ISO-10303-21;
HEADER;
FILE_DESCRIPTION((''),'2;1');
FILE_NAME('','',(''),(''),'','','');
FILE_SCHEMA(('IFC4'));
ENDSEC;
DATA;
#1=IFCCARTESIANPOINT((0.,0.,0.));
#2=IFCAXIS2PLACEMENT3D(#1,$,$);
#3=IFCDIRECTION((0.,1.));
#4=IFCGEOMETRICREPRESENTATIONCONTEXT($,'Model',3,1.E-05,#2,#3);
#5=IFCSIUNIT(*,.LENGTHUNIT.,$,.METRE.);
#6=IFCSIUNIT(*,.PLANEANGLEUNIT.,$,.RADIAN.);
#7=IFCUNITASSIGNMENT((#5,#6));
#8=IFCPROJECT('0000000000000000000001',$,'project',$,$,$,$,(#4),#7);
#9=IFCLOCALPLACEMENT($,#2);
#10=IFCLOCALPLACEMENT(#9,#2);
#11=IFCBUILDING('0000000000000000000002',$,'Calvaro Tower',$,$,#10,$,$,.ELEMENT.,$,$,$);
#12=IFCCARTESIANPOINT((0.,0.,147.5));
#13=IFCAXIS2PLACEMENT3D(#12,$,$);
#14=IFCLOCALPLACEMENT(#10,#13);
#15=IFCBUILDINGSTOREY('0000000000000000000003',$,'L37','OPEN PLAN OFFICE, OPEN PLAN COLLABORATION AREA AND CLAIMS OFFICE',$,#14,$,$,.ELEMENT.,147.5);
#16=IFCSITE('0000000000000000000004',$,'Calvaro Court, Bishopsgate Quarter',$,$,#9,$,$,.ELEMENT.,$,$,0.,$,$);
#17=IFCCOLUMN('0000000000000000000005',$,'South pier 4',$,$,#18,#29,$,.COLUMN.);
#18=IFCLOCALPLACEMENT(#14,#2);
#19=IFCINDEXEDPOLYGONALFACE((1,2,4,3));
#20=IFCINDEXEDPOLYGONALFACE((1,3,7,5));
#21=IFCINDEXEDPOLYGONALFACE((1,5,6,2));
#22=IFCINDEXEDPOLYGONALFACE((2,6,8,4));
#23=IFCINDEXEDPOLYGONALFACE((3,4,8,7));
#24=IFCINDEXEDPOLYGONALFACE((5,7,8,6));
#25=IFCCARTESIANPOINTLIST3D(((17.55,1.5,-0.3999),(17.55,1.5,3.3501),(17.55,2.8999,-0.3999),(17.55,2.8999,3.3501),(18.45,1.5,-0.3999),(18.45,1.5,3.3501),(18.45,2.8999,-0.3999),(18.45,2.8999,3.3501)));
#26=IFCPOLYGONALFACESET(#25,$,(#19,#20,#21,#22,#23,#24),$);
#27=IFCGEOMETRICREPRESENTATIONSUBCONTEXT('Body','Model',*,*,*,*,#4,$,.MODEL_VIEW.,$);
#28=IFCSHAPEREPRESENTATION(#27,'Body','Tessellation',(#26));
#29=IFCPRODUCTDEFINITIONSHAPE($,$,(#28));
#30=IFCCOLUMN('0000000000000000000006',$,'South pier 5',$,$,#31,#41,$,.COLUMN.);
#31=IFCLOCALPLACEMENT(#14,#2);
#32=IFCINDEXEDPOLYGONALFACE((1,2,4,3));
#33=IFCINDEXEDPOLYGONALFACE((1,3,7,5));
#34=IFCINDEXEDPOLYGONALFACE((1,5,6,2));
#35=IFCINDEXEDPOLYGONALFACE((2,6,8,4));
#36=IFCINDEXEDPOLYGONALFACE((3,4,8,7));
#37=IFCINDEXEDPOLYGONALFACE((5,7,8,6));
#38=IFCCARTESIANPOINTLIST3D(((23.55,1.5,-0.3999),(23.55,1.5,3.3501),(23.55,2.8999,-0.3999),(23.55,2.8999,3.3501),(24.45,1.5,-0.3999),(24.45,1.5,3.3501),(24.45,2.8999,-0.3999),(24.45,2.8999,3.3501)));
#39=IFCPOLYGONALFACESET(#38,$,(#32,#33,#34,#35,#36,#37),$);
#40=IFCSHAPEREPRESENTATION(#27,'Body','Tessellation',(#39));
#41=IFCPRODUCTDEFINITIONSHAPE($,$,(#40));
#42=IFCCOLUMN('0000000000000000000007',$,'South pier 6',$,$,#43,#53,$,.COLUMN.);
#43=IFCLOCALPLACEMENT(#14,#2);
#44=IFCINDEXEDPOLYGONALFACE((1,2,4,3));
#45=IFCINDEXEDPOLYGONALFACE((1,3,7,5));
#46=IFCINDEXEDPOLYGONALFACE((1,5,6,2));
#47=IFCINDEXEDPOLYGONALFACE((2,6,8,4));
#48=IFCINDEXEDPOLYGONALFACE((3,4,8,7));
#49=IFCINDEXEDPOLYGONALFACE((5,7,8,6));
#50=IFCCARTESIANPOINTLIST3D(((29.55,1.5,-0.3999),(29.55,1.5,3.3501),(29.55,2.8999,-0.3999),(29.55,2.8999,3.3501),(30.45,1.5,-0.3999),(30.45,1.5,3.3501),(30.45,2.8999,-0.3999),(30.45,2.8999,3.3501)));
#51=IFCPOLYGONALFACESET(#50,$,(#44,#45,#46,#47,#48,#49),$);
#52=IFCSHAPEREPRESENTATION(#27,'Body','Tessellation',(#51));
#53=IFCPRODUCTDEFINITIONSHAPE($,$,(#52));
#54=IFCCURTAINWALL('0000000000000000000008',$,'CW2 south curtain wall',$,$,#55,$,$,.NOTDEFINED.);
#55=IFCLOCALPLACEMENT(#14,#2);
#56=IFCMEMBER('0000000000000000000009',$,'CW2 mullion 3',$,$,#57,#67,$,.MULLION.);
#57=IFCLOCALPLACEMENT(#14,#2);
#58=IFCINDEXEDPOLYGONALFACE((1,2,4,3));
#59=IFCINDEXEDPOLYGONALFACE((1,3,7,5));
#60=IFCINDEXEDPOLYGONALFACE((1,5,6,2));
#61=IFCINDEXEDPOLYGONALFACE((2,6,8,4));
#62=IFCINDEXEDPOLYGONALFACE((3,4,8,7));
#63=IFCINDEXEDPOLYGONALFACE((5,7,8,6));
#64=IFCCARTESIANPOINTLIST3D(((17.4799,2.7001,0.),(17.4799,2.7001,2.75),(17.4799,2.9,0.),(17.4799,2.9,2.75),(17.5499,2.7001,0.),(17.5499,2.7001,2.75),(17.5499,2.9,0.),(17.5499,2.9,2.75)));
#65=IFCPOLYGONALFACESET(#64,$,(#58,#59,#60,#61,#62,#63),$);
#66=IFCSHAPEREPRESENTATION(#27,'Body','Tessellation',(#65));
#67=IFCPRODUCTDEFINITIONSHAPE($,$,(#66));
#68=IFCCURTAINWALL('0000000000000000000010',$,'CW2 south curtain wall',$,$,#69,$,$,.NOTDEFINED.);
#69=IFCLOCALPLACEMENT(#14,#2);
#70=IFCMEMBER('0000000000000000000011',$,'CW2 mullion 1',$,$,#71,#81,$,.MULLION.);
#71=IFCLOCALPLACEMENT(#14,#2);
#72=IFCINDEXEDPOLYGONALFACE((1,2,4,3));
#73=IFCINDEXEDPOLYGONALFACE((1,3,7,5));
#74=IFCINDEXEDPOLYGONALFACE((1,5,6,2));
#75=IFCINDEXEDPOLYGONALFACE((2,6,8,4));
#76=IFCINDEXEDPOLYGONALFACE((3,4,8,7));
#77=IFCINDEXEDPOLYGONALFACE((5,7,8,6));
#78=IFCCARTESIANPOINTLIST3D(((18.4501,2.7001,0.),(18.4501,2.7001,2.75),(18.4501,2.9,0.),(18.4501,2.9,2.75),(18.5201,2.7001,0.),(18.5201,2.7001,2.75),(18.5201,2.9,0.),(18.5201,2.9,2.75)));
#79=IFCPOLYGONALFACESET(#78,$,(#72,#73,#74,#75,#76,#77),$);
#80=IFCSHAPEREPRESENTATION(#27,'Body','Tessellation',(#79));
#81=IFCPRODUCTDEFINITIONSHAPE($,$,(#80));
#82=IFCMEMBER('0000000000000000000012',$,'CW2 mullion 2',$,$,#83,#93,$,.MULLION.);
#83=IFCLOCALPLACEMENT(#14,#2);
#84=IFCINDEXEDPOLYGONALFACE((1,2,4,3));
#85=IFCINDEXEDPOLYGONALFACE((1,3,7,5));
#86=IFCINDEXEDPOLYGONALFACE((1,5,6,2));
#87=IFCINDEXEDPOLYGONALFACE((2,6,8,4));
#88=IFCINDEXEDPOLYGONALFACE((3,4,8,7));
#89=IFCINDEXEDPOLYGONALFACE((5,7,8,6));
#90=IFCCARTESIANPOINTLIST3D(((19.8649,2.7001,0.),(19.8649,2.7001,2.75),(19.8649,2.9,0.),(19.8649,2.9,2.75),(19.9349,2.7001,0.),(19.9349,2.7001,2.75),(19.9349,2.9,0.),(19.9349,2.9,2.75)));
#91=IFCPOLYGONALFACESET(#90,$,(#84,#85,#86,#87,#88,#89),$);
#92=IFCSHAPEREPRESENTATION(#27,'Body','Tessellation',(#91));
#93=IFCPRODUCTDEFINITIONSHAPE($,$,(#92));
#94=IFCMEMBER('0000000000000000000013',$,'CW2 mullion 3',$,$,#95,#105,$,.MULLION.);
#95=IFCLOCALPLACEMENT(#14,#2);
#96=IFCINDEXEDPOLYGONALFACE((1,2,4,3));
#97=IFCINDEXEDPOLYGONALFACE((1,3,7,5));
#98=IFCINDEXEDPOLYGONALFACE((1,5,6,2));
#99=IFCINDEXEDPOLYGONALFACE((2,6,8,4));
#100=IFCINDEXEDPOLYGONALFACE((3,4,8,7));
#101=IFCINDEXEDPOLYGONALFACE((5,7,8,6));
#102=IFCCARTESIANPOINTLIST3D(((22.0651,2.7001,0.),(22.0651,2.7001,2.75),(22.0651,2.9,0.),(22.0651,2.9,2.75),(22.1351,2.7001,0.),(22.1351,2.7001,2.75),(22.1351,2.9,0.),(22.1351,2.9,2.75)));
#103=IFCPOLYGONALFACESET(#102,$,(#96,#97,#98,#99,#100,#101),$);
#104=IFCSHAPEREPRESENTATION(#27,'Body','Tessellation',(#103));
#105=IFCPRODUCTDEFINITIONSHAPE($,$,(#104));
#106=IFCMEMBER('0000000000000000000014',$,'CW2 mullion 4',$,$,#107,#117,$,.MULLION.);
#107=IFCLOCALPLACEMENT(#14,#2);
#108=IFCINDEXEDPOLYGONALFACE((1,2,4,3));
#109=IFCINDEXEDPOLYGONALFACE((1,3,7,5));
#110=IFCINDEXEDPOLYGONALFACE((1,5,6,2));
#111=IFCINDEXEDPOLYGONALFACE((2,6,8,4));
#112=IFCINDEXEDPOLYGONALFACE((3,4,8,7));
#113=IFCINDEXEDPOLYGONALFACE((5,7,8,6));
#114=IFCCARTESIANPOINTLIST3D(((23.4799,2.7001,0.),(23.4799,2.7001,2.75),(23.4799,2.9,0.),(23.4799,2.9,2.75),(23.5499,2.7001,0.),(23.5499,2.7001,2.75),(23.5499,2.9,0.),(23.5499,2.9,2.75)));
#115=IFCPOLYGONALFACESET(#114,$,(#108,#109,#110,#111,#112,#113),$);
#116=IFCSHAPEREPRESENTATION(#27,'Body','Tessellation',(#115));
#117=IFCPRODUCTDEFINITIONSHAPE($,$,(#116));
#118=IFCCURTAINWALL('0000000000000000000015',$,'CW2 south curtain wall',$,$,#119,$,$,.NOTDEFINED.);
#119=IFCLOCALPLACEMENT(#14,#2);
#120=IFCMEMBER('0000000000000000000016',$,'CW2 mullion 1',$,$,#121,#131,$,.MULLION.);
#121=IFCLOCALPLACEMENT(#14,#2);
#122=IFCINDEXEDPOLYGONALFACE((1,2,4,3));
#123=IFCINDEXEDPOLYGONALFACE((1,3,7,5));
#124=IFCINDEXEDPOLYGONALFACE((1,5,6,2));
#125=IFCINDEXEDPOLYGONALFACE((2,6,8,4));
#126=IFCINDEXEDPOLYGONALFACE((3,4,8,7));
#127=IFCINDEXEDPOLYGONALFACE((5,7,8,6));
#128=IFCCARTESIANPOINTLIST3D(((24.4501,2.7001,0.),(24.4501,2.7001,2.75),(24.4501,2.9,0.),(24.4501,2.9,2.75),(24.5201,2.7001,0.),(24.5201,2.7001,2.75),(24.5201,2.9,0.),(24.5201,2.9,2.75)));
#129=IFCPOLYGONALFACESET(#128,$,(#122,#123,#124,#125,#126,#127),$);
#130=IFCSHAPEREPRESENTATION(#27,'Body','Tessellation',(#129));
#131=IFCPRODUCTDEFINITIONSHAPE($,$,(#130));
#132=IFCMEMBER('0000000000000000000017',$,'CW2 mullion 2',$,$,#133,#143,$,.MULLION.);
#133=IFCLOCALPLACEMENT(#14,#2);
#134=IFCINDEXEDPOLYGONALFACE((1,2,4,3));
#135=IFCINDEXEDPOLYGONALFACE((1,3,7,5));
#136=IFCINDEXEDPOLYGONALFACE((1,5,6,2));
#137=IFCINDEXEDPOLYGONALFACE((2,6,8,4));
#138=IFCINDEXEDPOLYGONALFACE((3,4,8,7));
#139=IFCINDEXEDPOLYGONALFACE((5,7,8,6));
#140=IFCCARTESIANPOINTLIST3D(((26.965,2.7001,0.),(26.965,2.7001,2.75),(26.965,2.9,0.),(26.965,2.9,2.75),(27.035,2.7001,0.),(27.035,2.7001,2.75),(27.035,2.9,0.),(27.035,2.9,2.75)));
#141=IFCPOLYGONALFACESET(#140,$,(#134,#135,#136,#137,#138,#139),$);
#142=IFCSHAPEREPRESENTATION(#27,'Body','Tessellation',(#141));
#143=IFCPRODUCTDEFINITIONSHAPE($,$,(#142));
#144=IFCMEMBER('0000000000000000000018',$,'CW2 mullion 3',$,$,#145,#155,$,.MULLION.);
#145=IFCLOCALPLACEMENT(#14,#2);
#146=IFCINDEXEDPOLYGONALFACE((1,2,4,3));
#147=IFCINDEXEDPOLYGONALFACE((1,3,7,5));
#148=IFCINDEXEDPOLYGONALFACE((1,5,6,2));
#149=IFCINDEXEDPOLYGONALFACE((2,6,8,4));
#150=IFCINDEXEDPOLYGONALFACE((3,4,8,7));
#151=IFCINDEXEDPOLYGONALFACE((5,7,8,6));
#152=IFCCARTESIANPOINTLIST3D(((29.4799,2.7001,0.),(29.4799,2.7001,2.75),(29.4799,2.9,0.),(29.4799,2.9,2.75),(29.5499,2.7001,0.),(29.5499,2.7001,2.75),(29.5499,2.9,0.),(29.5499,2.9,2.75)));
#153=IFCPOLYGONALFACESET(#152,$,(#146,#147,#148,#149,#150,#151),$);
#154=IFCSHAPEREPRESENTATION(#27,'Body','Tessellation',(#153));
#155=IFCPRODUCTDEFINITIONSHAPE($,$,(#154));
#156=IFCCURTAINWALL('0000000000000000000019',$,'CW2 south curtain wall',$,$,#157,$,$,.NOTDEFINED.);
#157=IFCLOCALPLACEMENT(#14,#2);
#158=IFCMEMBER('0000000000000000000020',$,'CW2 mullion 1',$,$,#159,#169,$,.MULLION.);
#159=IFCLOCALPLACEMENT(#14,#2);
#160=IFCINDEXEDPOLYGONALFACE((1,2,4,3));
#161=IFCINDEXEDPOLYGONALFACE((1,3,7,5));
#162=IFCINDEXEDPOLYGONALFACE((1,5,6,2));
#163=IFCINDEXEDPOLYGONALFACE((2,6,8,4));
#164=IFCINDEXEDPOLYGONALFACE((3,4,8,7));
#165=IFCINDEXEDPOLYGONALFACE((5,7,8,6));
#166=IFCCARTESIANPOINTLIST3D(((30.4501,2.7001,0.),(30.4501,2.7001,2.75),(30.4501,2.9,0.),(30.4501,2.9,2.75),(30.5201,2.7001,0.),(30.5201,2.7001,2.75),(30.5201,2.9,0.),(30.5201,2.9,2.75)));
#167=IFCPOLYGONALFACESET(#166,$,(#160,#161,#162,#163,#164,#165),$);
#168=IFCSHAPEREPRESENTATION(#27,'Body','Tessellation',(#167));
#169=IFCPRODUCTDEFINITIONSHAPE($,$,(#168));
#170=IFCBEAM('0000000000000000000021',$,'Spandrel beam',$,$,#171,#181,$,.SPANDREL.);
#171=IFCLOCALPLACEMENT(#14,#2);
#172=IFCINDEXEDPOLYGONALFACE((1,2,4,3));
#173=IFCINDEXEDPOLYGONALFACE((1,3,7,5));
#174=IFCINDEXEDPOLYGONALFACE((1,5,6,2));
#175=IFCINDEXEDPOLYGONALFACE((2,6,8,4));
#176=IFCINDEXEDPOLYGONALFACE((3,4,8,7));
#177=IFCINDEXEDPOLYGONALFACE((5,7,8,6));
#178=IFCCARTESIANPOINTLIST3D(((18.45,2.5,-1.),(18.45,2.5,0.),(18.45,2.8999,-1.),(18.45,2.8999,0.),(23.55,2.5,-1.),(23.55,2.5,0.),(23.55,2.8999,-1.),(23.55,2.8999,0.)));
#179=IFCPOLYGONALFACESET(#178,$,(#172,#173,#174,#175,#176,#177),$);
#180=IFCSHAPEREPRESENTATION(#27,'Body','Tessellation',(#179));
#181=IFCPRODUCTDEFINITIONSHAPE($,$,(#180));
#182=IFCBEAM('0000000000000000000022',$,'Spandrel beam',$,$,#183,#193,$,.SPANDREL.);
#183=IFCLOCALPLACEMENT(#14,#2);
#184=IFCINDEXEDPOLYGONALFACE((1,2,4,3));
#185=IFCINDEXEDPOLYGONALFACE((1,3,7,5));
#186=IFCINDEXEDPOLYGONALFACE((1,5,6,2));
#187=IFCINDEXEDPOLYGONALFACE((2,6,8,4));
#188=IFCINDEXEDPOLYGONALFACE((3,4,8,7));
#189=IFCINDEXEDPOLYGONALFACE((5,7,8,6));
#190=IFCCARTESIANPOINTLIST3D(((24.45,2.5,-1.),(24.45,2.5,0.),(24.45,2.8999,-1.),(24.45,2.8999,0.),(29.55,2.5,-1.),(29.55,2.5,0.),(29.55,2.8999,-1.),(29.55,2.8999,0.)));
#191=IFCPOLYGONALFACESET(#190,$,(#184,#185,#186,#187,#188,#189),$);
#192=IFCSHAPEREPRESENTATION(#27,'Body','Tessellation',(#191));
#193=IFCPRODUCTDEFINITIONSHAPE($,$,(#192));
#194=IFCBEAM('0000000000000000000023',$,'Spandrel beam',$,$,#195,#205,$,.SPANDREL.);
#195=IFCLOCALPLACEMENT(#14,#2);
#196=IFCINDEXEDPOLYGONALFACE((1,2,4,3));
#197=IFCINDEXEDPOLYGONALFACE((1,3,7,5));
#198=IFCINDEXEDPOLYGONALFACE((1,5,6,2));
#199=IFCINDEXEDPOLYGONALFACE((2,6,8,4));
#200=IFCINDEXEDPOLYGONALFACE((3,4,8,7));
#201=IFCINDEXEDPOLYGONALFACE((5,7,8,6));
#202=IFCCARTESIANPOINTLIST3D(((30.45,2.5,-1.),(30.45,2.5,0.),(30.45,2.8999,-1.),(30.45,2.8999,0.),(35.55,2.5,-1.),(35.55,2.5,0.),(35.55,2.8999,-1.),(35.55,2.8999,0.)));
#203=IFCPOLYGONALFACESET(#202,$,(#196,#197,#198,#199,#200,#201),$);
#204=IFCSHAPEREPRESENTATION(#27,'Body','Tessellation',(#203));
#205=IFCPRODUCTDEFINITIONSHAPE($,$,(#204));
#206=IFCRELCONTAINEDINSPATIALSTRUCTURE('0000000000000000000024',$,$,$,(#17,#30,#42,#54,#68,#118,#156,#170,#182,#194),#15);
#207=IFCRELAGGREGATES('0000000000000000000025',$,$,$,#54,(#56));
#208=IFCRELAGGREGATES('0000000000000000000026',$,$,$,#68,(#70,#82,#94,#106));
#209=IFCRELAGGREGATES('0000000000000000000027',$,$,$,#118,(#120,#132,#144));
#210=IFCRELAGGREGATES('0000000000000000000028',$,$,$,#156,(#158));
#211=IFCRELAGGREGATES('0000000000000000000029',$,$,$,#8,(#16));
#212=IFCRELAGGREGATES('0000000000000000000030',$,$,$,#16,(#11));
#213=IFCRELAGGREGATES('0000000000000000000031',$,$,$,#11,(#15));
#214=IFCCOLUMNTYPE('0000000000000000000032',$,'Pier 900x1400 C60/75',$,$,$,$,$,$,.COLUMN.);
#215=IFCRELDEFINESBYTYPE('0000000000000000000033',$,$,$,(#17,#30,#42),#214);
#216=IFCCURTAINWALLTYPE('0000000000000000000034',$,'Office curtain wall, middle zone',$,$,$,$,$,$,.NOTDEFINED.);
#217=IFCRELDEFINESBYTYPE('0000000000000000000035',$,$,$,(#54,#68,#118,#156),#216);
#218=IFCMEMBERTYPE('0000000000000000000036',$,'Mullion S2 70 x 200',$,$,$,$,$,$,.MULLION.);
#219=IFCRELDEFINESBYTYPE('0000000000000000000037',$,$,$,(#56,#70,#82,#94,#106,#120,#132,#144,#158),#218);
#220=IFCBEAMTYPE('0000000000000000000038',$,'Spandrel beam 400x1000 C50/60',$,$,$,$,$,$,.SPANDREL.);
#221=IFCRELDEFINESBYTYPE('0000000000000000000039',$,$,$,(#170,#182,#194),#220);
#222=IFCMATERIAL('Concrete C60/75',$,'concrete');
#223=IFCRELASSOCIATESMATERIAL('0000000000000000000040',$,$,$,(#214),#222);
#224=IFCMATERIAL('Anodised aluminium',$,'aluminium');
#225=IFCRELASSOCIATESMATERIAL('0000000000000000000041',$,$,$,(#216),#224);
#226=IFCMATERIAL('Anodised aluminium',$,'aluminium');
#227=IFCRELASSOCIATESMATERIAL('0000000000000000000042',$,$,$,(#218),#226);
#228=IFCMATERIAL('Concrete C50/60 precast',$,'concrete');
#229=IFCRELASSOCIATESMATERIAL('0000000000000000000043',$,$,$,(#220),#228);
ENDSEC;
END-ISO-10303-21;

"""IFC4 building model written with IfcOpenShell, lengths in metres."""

from ifc_helpers import new_model, si_unit, direction, frame, origin, origin_2d, place, context, subcontext, project, spatial, rectangle, extrude, material, material_profile, profile_set, type_object, element, aggregate, save


model = new_model("IFC4")

# Units and contexts
model_context = context("Model", 3, precision=1e-05, world=origin(), true_north=direction((0.0, 1.0)))
body_context = subcontext(model_context, "Body", "Model", "MODEL_VIEW")
ifc_project = project(units=[si_unit("LENGTHUNIT", "METRE"), si_unit("PLANEANGLEUNIT", "RADIAN")], contexts=[model_context])

# Site, building, storey
site_placement = place(None, origin())
site = spatial("IfcSite", under=ifc_project, at=site_placement, Name="Calvaro Court, Bishopsgate Quarter", CompositionType="ELEMENT", RefElevation=0.0)
building_placement = place(site_placement, origin())
building = spatial("IfcBuilding", under=site, at=building_placement, Name="Calvaro Tower", CompositionType="ELEMENT")
storey_placement = place(building_placement, frame((0.0, 0.0, 147.5)))
storey = spatial("IfcBuildingStorey", under=building, at=storey_placement, Name="L37", Description="OPEN PLAN OFFICE, OPEN PLAN COLLABORATION AREA AND CLAIMS OFFICE", CompositionType="ELEMENT", Elevation=147.5)

# Columns
ifc_material_1 = material(Name="Concrete C60/75", Category="concrete")
ifc_material_profile_1 = material_profile(ifc_material_1, rectangle(XDim=0.8999, YDim=1.3999, at=origin_2d()), Name="RC 900x1400")
ifc_profile_set_1 = profile_set([ifc_material_profile_1], Name="Concrete C60/75")
column_type = type_object("IfcColumnType", Name="Pier 900x1400 C60/75", PredefinedType="COLUMN", material=ifc_profile_set_1)
for number, where, z_axis, x_axis, name in (
    (1, (18.0, 2.2, -0.3999), (0.0, 0.0, 1.0), (1.0, 0.0, 0.0), "South pier 4"),
    (2, (24.0, 2.2, -0.3999), (0.0, 0.0, 1.0), (1.0, 0.0, 0.0), "South pier 5"),
    (3, (30.0, 2.2, -0.3999), (0.0, 0.0, 1.0), (1.0, 0.0, 0.0), "South pier 6"),
):
    element("IfcColumn", number, at=place(storey_placement, frame(where, z_axis=z_axis, x_axis=x_axis)), inside=storey, type_object=column_type, Name=name, PredefinedType="COLUMN", context=body_context, shape_type="SweptSolid", body=[
        extrude(rectangle(XDim=0.8999, YDim=1.3999, at=origin_2d()), origin(), (0.0, 0.0, 1.0), 3.75),
    ])

# Curtain wall, member
ifc_material_2 = material(Name="Anodised aluminium", Category="aluminium")
curtain_wall_type = type_object("IfcCurtainWallType", Name="Office curtain wall, middle zone", PredefinedType="NOTDEFINED", material=ifc_material_2)
curtain_wall_1_placement = place(storey_placement, origin())
curtain_wall_1 = element("IfcCurtainWall", 4, at=curtain_wall_1_placement, inside=storey, type_object=curtain_wall_type, Name="CW2 south curtain wall", PredefinedType="NOTDEFINED")
ifc_material_3 = material(Name="Anodised aluminium", Category="aluminium")
ifc_material_profile_2 = material_profile(ifc_material_3, rectangle(XDim=0.2, YDim=0.0701, at=origin_2d()), Name="Mullion S2 70 x 200")
ifc_profile_set_2 = profile_set([ifc_material_profile_2], Name="Anodised aluminium")
member_type_1 = type_object("IfcMemberType", Name="Mullion S2 70 x 200", PredefinedType="MULLION", material=ifc_profile_set_2)
member_1_placement = place(storey_placement, frame((17.5149, 2.8, 0.0), z_axis=(0.0, 0.0, 1.0), x_axis=(0.0, 1.0, 0.0)))
member_1 = element("IfcMember", 5, at=member_1_placement, type_object=member_type_1, Name="CW2 mullion 3", PredefinedType="MULLION", context=body_context, shape_type="SweptSolid", body=[
    extrude(rectangle(XDim=0.2, YDim=0.0701, at=origin_2d()), origin(), (0.0, 0.0, 1.0), 2.75),
])

# Curtain walls, members
curtain_wall_2_placement = place(storey_placement, origin())
curtain_wall_2 = element("IfcCurtainWall", 6, at=curtain_wall_2_placement, inside=storey, type_object=curtain_wall_type, Name="CW2 south curtain wall", PredefinedType="NOTDEFINED")
member_2_placement = place(storey_placement, frame((18.4851, 2.8, 0.0), z_axis=(0.0, 0.0, 1.0), x_axis=(0.0, 1.0, 0.0)))
member_2 = element("IfcMember", 7, at=member_2_placement, type_object=member_type_1, Name="CW2 mullion 1", PredefinedType="MULLION", context=body_context, shape_type="SweptSolid", body=[
    extrude(rectangle(XDim=0.2, YDim=0.0701, at=origin_2d()), origin(), (0.0, 0.0, 1.0), 2.75),
])
member_3_placement = place(storey_placement, frame((19.8999, 2.8, 0.0), z_axis=(0.0, 0.0, 1.0), x_axis=(0.0, 1.0, 0.0)))
member_3 = element("IfcMember", 8, at=member_3_placement, type_object=member_type_1, Name="CW2 mullion 2", PredefinedType="MULLION", context=body_context, shape_type="SweptSolid", body=[
    extrude(rectangle(XDim=0.2, YDim=0.0701, at=origin_2d()), origin(), (0.0, 0.0, 1.0), 2.75),
])
member_4_placement = place(storey_placement, frame((22.1001, 2.8, 0.0), z_axis=(0.0, 0.0, 1.0), x_axis=(0.0, 1.0, 0.0)))
member_4 = element("IfcMember", 9, at=member_4_placement, type_object=member_type_1, Name="CW2 mullion 3", PredefinedType="MULLION", context=body_context, shape_type="SweptSolid", body=[
    extrude(rectangle(XDim=0.2, YDim=0.0701, at=origin_2d()), origin(), (0.0, 0.0, 1.0), 2.75),
])
member_5_placement = place(storey_placement, frame((23.5149, 2.8, 0.0), z_axis=(0.0, 0.0, 1.0), x_axis=(0.0, 1.0, 0.0)))
member_5 = element("IfcMember", 10, at=member_5_placement, type_object=member_type_1, Name="CW2 mullion 4", PredefinedType="MULLION", context=body_context, shape_type="SweptSolid", body=[
    extrude(rectangle(XDim=0.2, YDim=0.0701, at=origin_2d()), origin(), (0.0, 0.0, 1.0), 2.75),
])
curtain_wall_3_placement = place(storey_placement, origin())
curtain_wall_3 = element("IfcCurtainWall", 11, at=curtain_wall_3_placement, inside=storey, type_object=curtain_wall_type, Name="CW2 south curtain wall", PredefinedType="NOTDEFINED")
member_6_placement = place(storey_placement, frame((24.4851, 2.8, 0.0), z_axis=(0.0, 0.0, 1.0), x_axis=(0.0, 1.0, 0.0)))
member_6 = element("IfcMember", 12, at=member_6_placement, type_object=member_type_1, Name="CW2 mullion 1", PredefinedType="MULLION", context=body_context, shape_type="SweptSolid", body=[
    extrude(rectangle(XDim=0.2, YDim=0.0701, at=origin_2d()), origin(), (0.0, 0.0, 1.0), 2.75),
])
member_7_placement = place(storey_placement, frame((27.0, 2.8, 0.0), z_axis=(0.0, 0.0, 1.0), x_axis=(0.0, 1.0, 0.0)))
member_7 = element("IfcMember", 13, at=member_7_placement, type_object=member_type_1, Name="CW2 mullion 2", PredefinedType="MULLION", context=body_context, shape_type="SweptSolid", body=[
    extrude(rectangle(XDim=0.2, YDim=0.0701, at=origin_2d()), origin(), (0.0, 0.0, 1.0), 2.75),
])
member_8_placement = place(storey_placement, frame((29.5149, 2.8, 0.0), z_axis=(0.0, 0.0, 1.0), x_axis=(0.0, 1.0, 0.0)))
member_8 = element("IfcMember", 14, at=member_8_placement, type_object=member_type_1, Name="CW2 mullion 3", PredefinedType="MULLION", context=body_context, shape_type="SweptSolid", body=[
    extrude(rectangle(XDim=0.2, YDim=0.0701, at=origin_2d()), origin(), (0.0, 0.0, 1.0), 2.75),
])

# Curtain wall, member
curtain_wall_4_placement = place(storey_placement, origin())
curtain_wall_4 = element("IfcCurtainWall", 15, at=curtain_wall_4_placement, inside=storey, type_object=curtain_wall_type, Name="CW2 south curtain wall", PredefinedType="NOTDEFINED")
member_9_placement = place(storey_placement, frame((30.4851, 2.8, 0.0), z_axis=(0.0, 0.0, 1.0), x_axis=(0.0, 1.0, 0.0)))
member_9 = element("IfcMember", 16, at=member_9_placement, type_object=member_type_1, Name="CW2 mullion 1", PredefinedType="MULLION", context=body_context, shape_type="SweptSolid", body=[
    extrude(rectangle(XDim=0.2, YDim=0.0701, at=origin_2d()), origin(), (0.0, 0.0, 1.0), 2.75),
])

# Beams
ifc_material_4 = material(Name="Concrete C50/60 precast", Category="concrete")
ifc_material_profile_3 = material_profile(ifc_material_4, rectangle(XDim=0.3999, YDim=1.0, at=origin_2d()), Name="RC 400x1000")
ifc_profile_set_3 = profile_set([ifc_material_profile_3], Name="Concrete C50/60 precast")
beam_type = type_object("IfcBeamType", Name="Spandrel beam 400x1000 C50/60", PredefinedType="SPANDREL", material=ifc_profile_set_3)
for number, where, z_axis, x_axis, name in (
    (17, (18.45, 2.7, -0.5), (1.0, 0.0, 0.0), (0.0, 1.0, 0.0), "Spandrel beam"),
    (18, (24.45, 2.7, -0.5), (1.0, 0.0, 0.0), (0.0, 1.0, 0.0), "Spandrel beam"),
    (19, (30.45, 2.7, -0.5), (1.0, 0.0, 0.0), (0.0, 1.0, 0.0), "Spandrel beam"),
):
    element("IfcBeam", number, at=place(storey_placement, frame(where, z_axis=z_axis, x_axis=x_axis)), inside=storey, type_object=beam_type, Name=name, PredefinedType="SPANDREL", context=body_context, shape_type="SweptSolid", body=[
        extrude(rectangle(XDim=0.3999, YDim=1.0, at=origin_2d()), origin(), (0.0, 0.0, 1.0), 5.1001),
    ])

aggregate(curtain_wall_1, [member_1])
aggregate(curtain_wall_2, [member_2, member_3, member_4, member_5])
aggregate(curtain_wall_3, [member_6, member_7, member_8])
aggregate(curtain_wall_4, [member_9])

save(model, "model.ifc")
